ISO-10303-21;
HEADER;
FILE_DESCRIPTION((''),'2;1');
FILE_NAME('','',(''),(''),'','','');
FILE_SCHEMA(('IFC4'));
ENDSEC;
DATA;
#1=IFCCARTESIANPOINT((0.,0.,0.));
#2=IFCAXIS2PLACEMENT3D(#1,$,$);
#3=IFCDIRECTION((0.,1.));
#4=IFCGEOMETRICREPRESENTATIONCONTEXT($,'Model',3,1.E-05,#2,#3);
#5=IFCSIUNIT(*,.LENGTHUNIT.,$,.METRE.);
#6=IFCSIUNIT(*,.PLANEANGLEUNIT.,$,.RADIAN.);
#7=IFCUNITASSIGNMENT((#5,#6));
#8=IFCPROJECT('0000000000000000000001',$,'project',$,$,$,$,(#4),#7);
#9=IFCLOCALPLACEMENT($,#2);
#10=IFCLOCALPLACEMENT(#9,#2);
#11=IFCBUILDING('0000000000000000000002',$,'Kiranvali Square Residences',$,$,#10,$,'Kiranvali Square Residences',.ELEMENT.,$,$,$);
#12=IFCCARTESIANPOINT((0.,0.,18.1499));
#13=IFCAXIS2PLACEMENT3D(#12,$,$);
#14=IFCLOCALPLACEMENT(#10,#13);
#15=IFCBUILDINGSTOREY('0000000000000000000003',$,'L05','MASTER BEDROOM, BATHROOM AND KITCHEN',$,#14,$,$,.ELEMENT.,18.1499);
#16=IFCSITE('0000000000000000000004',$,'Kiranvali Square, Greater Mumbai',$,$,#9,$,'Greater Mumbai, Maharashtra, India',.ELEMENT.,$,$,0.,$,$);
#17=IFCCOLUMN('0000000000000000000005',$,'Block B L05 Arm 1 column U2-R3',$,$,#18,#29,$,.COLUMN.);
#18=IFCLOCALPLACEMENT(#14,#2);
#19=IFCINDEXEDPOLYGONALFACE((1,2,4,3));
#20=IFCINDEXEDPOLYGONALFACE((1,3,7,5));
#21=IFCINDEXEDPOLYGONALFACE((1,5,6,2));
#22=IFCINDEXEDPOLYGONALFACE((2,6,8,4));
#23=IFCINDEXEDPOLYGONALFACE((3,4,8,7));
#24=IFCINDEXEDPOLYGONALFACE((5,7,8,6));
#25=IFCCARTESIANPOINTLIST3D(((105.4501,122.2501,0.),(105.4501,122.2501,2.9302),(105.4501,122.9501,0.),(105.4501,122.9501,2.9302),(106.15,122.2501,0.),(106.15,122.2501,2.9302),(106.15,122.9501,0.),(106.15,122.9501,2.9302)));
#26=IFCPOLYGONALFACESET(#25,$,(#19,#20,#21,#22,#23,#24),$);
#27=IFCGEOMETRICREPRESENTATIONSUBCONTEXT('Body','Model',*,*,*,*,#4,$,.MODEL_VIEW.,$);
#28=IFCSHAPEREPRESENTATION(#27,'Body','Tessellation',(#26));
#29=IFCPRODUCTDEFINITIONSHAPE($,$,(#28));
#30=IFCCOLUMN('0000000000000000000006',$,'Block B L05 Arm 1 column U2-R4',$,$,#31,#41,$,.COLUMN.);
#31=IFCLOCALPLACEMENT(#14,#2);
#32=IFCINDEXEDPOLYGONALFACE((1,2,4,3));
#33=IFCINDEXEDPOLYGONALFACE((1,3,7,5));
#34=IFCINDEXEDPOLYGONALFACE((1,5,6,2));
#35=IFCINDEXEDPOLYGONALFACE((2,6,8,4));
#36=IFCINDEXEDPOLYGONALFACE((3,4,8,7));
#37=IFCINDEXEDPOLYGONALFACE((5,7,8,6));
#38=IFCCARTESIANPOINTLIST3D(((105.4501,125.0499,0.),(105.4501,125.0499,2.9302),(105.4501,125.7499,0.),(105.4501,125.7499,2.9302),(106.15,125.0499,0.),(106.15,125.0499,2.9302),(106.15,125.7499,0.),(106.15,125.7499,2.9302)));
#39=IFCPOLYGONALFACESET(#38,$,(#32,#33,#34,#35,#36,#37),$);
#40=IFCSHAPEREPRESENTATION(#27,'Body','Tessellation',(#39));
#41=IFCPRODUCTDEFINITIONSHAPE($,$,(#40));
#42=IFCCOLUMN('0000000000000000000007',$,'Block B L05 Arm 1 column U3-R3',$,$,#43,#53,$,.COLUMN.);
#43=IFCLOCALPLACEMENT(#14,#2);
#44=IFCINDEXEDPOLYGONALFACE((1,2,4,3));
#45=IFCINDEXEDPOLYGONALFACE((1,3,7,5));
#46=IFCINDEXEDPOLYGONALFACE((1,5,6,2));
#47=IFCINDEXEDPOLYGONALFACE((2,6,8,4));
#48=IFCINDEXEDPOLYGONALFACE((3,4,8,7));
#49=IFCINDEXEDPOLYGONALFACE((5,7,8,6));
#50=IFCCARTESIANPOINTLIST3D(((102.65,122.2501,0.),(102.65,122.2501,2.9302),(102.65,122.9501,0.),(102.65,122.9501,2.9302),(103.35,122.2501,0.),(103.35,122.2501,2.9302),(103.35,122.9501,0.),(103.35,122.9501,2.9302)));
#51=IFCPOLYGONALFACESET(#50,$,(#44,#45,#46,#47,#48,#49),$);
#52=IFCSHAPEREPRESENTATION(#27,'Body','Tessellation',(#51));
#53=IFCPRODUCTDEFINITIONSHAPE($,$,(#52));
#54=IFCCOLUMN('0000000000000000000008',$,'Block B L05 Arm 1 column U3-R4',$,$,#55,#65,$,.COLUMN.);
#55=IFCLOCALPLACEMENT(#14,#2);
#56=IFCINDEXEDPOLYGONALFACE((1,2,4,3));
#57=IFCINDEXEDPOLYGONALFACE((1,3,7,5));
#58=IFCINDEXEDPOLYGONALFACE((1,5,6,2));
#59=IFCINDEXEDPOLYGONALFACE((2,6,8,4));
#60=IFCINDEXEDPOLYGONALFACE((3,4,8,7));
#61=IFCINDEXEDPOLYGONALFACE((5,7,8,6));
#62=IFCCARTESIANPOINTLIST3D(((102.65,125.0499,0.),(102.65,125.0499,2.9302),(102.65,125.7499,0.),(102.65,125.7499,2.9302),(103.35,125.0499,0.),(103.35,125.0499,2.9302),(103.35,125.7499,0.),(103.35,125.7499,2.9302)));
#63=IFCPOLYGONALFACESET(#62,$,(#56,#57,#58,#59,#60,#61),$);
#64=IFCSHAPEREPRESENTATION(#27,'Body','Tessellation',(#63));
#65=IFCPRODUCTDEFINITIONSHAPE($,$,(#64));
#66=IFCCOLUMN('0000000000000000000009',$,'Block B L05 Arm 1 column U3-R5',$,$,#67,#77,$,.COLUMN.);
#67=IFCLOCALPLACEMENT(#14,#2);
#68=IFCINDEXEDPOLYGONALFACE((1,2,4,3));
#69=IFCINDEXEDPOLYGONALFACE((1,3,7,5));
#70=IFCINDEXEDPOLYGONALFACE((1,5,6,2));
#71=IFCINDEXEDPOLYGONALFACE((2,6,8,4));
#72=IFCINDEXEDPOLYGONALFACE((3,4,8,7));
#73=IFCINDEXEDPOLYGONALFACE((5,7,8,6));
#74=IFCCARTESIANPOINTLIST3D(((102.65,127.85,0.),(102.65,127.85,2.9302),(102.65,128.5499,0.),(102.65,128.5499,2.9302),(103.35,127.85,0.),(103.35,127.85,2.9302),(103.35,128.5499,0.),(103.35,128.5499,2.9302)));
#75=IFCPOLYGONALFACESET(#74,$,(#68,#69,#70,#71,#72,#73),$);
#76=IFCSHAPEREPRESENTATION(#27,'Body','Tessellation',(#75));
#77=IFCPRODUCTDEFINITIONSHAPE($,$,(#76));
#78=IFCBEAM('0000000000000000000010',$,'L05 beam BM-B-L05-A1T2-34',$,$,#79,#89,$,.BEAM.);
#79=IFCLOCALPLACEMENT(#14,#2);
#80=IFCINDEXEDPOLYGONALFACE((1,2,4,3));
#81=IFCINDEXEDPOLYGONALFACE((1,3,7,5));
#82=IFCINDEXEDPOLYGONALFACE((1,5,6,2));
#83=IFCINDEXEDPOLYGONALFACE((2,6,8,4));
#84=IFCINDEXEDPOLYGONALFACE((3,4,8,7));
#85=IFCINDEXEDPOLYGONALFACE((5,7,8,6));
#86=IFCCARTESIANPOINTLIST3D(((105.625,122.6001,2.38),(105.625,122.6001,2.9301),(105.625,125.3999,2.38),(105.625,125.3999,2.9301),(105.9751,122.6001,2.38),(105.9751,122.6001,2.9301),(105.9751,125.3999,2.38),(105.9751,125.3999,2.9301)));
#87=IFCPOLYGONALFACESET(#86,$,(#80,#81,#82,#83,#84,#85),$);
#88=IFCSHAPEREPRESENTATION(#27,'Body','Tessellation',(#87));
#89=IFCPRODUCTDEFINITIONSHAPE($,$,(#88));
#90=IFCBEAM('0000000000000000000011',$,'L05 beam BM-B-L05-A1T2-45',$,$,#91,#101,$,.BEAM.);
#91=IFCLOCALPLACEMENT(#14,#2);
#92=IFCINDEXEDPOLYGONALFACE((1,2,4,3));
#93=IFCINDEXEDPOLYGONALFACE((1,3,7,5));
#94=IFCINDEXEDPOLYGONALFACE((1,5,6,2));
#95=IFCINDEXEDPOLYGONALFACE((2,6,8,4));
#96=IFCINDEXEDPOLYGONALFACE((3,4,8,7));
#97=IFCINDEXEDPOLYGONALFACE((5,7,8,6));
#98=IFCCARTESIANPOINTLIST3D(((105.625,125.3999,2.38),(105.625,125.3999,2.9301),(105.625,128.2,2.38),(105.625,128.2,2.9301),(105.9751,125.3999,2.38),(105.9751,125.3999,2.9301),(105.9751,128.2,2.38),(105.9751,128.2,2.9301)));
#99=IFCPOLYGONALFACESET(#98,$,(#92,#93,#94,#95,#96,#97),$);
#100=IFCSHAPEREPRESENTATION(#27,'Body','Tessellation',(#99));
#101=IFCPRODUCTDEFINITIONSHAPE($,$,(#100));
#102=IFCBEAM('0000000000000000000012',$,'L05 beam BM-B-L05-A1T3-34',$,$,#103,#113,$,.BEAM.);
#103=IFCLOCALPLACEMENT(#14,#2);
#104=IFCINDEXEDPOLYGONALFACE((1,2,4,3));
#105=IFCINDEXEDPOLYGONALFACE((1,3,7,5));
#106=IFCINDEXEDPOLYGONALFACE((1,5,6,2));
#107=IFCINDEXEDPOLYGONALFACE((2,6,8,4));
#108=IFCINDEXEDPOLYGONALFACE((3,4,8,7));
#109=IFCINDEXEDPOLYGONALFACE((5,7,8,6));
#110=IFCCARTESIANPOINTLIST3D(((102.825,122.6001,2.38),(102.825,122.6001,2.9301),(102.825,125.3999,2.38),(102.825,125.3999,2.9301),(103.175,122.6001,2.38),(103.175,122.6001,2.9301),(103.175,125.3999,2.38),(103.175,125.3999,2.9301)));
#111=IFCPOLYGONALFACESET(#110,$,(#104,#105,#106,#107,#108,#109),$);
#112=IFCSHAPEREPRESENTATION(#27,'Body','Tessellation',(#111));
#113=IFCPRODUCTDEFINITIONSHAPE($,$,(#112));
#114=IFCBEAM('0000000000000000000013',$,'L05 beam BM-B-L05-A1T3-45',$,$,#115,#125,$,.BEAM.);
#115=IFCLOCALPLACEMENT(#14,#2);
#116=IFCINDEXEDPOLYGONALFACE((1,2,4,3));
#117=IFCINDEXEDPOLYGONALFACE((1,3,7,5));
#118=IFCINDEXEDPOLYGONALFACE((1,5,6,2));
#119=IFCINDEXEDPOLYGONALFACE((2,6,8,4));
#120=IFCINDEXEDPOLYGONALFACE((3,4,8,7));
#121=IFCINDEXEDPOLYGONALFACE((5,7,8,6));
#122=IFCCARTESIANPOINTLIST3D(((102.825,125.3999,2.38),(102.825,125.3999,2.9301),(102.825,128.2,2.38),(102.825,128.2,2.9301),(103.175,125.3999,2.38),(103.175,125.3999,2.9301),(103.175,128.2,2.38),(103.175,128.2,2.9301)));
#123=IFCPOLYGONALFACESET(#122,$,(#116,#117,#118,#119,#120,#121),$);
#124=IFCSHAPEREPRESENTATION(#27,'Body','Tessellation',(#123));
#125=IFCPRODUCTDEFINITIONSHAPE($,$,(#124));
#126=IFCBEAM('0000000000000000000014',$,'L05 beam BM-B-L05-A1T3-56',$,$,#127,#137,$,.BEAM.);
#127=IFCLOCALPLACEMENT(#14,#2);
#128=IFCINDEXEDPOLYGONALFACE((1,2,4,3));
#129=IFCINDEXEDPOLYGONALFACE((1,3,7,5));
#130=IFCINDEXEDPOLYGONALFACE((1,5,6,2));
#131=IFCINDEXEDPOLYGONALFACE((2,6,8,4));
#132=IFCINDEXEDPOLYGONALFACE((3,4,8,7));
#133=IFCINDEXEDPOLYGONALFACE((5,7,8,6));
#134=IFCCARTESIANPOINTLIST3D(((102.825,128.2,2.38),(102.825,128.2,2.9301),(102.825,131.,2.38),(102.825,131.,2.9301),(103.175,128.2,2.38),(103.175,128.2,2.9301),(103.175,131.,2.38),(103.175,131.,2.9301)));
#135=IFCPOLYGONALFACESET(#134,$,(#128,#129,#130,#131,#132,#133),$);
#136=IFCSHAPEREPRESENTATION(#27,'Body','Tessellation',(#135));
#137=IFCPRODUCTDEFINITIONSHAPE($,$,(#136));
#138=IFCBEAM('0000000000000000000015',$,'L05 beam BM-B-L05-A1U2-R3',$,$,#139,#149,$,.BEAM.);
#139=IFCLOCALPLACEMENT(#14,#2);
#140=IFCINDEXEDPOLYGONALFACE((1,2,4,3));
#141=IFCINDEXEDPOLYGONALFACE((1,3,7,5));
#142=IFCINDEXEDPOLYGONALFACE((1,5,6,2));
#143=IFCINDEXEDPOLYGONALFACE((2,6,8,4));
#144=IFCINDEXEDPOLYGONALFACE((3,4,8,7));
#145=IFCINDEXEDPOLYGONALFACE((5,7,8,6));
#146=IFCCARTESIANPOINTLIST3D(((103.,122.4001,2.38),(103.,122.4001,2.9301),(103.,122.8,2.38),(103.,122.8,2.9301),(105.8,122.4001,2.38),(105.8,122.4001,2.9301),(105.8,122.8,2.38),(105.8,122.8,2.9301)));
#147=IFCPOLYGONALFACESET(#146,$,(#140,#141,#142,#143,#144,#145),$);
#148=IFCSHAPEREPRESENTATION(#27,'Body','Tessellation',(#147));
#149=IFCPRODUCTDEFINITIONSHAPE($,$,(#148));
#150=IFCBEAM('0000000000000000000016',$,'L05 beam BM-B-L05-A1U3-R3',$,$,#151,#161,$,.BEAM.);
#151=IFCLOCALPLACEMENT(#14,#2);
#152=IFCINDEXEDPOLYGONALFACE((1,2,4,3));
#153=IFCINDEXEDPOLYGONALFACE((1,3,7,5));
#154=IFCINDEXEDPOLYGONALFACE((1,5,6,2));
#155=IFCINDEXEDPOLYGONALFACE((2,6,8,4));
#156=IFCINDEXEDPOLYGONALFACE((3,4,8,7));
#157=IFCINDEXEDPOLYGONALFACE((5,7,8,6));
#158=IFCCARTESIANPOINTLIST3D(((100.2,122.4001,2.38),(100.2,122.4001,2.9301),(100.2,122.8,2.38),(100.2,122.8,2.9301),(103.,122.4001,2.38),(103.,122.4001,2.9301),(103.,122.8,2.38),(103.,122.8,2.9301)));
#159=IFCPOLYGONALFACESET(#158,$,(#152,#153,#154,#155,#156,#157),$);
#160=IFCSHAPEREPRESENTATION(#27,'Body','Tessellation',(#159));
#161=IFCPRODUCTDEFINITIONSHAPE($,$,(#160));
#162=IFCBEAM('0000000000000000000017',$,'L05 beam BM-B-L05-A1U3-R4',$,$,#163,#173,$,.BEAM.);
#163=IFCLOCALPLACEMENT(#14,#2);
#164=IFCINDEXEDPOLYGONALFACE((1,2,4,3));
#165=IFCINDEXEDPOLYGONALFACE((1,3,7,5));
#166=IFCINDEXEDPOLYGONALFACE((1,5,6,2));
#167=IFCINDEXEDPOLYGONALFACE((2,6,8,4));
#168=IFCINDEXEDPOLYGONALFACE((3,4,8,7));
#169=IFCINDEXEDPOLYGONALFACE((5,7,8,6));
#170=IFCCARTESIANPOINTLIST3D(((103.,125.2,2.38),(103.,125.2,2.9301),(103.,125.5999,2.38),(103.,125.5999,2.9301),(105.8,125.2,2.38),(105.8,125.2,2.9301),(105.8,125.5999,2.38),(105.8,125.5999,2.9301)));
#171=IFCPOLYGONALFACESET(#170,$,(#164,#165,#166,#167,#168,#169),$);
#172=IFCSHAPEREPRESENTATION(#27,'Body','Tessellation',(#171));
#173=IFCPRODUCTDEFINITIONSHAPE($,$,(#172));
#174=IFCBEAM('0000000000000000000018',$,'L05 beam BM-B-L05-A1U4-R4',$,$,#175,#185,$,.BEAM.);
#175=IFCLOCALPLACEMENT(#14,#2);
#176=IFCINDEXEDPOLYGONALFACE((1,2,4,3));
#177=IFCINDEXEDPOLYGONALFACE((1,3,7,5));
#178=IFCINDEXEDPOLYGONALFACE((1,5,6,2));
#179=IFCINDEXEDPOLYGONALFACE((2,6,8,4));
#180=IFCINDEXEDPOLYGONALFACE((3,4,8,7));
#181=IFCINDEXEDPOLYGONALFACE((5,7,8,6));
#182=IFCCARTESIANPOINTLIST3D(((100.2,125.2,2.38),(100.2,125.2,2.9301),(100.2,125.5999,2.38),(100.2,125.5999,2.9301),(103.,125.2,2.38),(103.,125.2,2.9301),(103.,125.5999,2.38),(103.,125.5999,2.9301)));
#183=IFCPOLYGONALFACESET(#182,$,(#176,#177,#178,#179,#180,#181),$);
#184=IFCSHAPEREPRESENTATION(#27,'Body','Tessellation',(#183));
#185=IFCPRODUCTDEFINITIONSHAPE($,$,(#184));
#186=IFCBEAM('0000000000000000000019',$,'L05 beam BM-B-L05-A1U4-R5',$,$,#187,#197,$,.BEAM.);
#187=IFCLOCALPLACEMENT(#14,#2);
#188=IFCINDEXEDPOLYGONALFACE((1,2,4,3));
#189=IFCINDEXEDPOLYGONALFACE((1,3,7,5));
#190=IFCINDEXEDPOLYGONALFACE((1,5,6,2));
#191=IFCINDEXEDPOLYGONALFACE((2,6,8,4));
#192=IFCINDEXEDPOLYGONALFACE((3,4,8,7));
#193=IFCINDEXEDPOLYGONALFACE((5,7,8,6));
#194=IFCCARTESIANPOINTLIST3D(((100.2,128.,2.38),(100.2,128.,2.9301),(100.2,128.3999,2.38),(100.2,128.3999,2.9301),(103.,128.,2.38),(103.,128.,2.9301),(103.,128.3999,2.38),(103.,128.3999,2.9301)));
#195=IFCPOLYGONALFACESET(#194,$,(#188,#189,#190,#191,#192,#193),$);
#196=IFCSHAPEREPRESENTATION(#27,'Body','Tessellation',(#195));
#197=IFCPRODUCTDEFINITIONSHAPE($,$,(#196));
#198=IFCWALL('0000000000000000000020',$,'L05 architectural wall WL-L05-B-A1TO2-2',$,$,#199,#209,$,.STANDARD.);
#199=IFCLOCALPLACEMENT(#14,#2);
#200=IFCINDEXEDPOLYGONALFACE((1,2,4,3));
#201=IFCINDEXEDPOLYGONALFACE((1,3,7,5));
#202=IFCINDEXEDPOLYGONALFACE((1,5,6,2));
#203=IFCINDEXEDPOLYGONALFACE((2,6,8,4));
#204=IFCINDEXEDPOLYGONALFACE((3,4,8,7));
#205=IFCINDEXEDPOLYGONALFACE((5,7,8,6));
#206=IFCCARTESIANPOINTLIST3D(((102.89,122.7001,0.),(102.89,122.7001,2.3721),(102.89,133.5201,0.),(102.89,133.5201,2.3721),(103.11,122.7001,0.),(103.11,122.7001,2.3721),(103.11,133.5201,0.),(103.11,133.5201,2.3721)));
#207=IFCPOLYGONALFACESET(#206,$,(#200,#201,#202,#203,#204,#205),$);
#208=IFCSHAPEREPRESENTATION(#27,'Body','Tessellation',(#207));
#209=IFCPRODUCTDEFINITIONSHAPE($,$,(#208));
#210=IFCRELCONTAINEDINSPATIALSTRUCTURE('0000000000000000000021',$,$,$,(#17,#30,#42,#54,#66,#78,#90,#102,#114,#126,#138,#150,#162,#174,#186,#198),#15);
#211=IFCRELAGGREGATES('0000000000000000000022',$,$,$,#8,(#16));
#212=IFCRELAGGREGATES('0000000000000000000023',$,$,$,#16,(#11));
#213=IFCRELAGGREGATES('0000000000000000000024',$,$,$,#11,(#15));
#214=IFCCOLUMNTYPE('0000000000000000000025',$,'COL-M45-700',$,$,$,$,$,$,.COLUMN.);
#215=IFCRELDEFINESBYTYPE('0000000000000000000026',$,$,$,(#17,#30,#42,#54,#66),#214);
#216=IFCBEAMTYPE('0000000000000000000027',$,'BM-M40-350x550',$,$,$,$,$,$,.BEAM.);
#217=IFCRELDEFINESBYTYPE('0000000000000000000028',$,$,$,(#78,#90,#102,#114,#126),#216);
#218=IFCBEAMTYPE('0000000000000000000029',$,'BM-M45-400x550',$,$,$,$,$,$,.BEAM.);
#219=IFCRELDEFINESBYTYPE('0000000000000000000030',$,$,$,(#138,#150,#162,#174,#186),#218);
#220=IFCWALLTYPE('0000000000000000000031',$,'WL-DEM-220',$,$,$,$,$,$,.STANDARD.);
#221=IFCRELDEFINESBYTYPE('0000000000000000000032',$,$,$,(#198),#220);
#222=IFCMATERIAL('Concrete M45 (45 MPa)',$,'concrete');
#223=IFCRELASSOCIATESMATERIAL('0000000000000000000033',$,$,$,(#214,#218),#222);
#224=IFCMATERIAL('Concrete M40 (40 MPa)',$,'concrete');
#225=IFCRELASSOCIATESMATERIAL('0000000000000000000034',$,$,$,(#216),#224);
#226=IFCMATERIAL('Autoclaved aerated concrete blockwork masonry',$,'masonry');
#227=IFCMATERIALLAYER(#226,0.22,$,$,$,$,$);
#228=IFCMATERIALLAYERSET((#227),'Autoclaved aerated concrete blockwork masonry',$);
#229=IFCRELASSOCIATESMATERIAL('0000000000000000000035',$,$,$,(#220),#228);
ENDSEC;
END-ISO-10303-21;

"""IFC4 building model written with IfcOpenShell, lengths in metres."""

from ifc_helpers import new_model, si_unit, direction, frame, frame_2d, origin, origin_2d, place, context, subcontext, project, spatial, rectangle, extrude, material, layer, layer_set, material_profile, profile_set, type_object, element, save


model = new_model("IFC4")

# Units and contexts
model_context = context("Model", 3, precision=1e-05, world=origin(), true_north=direction((0.0, 1.0)))
body_context = subcontext(model_context, "Body", "Model", "MODEL_VIEW")
ifc_project = project(units=[si_unit("LENGTHUNIT", "METRE"), si_unit("PLANEANGLEUNIT", "RADIAN")], contexts=[model_context])

# Site, building, storey
site_placement = place(None, origin())
site = spatial("IfcSite", under=ifc_project, at=site_placement, Name="Kiranvali Square, Greater Mumbai", LongName="Greater Mumbai, Maharashtra, India", CompositionType="ELEMENT", RefElevation=0.0)
building_placement = place(site_placement, origin())
building = spatial("IfcBuilding", under=site, at=building_placement, Name="Kiranvali Square Residences", LongName="Kiranvali Square Residences", CompositionType="ELEMENT")
storey_placement = place(building_placement, frame((0.0, 0.0, 18.1499)))
storey = spatial("IfcBuildingStorey", under=building, at=storey_placement, Name="L05", Description="MASTER BEDROOM, BATHROOM AND KITCHEN", CompositionType="ELEMENT", Elevation=18.1499)

# Columns
ifc_material_1 = material(Name="Concrete M45 (45 MPa)", Category="concrete")
ifc_material_profile_1 = material_profile(ifc_material_1, rectangle(XDim=0.7, YDim=0.7, at=origin_2d()), Name="RC 700x700")
ifc_profile_set_1 = profile_set([ifc_material_profile_1], Name="Concrete M45 (45 MPa)")
column_type = type_object("IfcColumnType", Name="COL-M45-700", PredefinedType="COLUMN", material=ifc_profile_set_1)
for number, where, z_axis, x_axis, name in (
    (1, (105.8, 122.6001, 0.0), (0.0, 0.0, 1.0), (1.0, 0.0, 0.0), "Block B L05 Arm 1 column U2-R3"),
    (2, (105.8, 125.3999, 0.0), (0.0, 0.0, 1.0), (1.0, 0.0, 0.0), "Block B L05 Arm 1 column U2-R4"),
    (3, (103.0, 122.6001, 0.0), (0.0, 0.0, 1.0), (1.0, 0.0, 0.0), "Block B L05 Arm 1 column U3-R3"),
    (4, (103.0, 125.3999, 0.0), (0.0, 0.0, 1.0), (1.0, 0.0, 0.0), "Block B L05 Arm 1 column U3-R4"),
    (5, (103.0, 128.2, 0.0), (0.0, 0.0, 1.0), (1.0, 0.0, 0.0), "Block B L05 Arm 1 column U3-R5"),
):
    element("IfcColumn", number, at=place(storey_placement, frame(where, z_axis=z_axis, x_axis=x_axis)), inside=storey, type_object=column_type, Name=name, PredefinedType="COLUMN", context=body_context, shape_type="SweptSolid", body=[
        extrude(rectangle(XDim=0.7, YDim=0.7, at=origin_2d()), origin(), (0.0, 0.0, 1.0), 2.9302),
    ])

# Beams
ifc_material_2 = material(Name="Concrete M40 (40 MPa)", Category="concrete")
ifc_material_profile_2 = material_profile(ifc_material_2, rectangle(XDim=0.3501, YDim=0.55, at=origin_2d()), Name="RC 350x550")
ifc_profile_set_2 = profile_set([ifc_material_profile_2], Name="Concrete M40 (40 MPa)")
beam_type_1 = type_object("IfcBeamType", Name="BM-M40-350x550", PredefinedType="BEAM", material=ifc_profile_set_2)
beam_1_placement = place(storey_placement, frame((105.8, 122.6001, 2.655), z_axis=(0.0, 1.0, 0.0), x_axis=(-1.0, 0.0, 0.0)))
element("IfcBeam", 6, at=beam_1_placement, inside=storey, type_object=beam_type_1, Name="L05 beam BM-B-L05-A1T2-34", PredefinedType="BEAM", context=body_context, shape_type="SweptSolid", body=[
    extrude(rectangle(XDim=0.3501, YDim=0.55, at=origin_2d()), origin(), (0.0, 0.0, 1.0), 2.7998),
])
beam_2_placement = place(storey_placement, frame((105.8, 125.3999, 2.655), z_axis=(0.0, 1.0, 0.0), x_axis=(-1.0, 0.0, 0.0)))
element("IfcBeam", 7, at=beam_2_placement, inside=storey, type_object=beam_type_1, Name="L05 beam BM-B-L05-A1T2-45", PredefinedType="BEAM", context=body_context, shape_type="SweptSolid", body=[
    extrude(rectangle(XDim=0.3501, YDim=0.55, at=origin_2d()), origin(), (0.0, 0.0, 1.0), 2.8),
])
beam_3_placement = place(storey_placement, frame((103.0, 122.6001, 2.655), z_axis=(0.0, 1.0, 0.0), x_axis=(-1.0, 0.0, 0.0)))
element("IfcBeam", 8, at=beam_3_placement, inside=storey, type_object=beam_type_1, Name="L05 beam BM-B-L05-A1T3-34", PredefinedType="BEAM", context=body_context, shape_type="SweptSolid", body=[
    extrude(rectangle(XDim=0.3501, YDim=0.55, at=origin_2d()), origin(), (0.0, 0.0, 1.0), 2.7998),
])
for number, where, z_axis, x_axis, name in (
    (9, (103.0, 125.3999, 2.655), (0.0, 1.0, 0.0), (-1.0, 0.0, 0.0), "L05 beam BM-B-L05-A1T3-45"),
    (10, (103.0, 128.2, 2.655), (0.0, 1.0, 0.0), (-1.0, 0.0, 0.0), "L05 beam BM-B-L05-A1T3-56"),
):
    element("IfcBeam", number, at=place(storey_placement, frame(where, z_axis=z_axis, x_axis=x_axis)), inside=storey, type_object=beam_type_1, Name=name, PredefinedType="BEAM", context=body_context, shape_type="SweptSolid", body=[
        extrude(rectangle(XDim=0.3501, YDim=0.55, at=origin_2d()), origin(), (0.0, 0.0, 1.0), 2.8),
    ])
ifc_material_profile_3 = material_profile(ifc_material_1, rectangle(XDim=0.3999, YDim=0.55, at=origin_2d()), Name="RC 400x550")
ifc_profile_set_3 = profile_set([ifc_material_profile_3], Name="Concrete M45 (45 MPa)")
beam_type_2 = type_object("IfcBeamType", Name="BM-M45-400x550", PredefinedType="BEAM", material=ifc_profile_set_3)
for number, where, z_axis, x_axis, name in (
    (11, (105.8, 122.6001, 2.655), (-1.0, 0.0, 0.0), (0.0, -1.0, 0.0), "L05 beam BM-B-L05-A1U2-R3"),
    (12, (103.0, 122.6001, 2.655), (-1.0, 0.0, 0.0), (0.0, -1.0, 0.0), "L05 beam BM-B-L05-A1U3-R3"),
    (13, (105.8, 125.3999, 2.655), (-1.0, 0.0, 0.0), (0.0, -1.0, 0.0), "L05 beam BM-B-L05-A1U3-R4"),
    (14, (103.0, 125.3999, 2.655), (-1.0, 0.0, 0.0), (0.0, -1.0, 0.0), "L05 beam BM-B-L05-A1U4-R4"),
    (15, (103.0, 128.2, 2.655), (-1.0, 0.0, 0.0), (0.0, -1.0, 0.0), "L05 beam BM-B-L05-A1U4-R5"),
):
    element("IfcBeam", number, at=place(storey_placement, frame(where, z_axis=z_axis, x_axis=x_axis)), inside=storey, type_object=beam_type_2, Name=name, PredefinedType="BEAM", context=body_context, shape_type="SweptSolid", body=[
        extrude(rectangle(XDim=0.3999, YDim=0.55, at=origin_2d()), origin(), (0.0, 0.0, 1.0), 2.8),
    ])

# Wall
ifc_material_3 = material(Name="Autoclaved aerated concrete blockwork masonry", Category="masonry")
ifc_layer_1 = layer(ifc_material_3, 0.22)
ifc_layer_set_1 = layer_set([ifc_layer_1], Name="Autoclaved aerated concrete blockwork masonry")
wall_type_1 = type_object("IfcWallType", Name="WL-DEM-220", PredefinedType="STANDARD", material=ifc_layer_set_1)
wall_1_placement = place(storey_placement, frame((103.0, 122.7, 0.0), z_axis=(0.0, 0.0, 1.0), x_axis=(0.0, 1.0, 0.0)))
element("IfcWall", 16, at=wall_1_placement, inside=storey, type_object=wall_type_1, Name="L05 architectural wall WL-L05-B-A1TO2-2", PredefinedType="STANDARD", context=body_context, shape_type="SweptSolid", body=[
    extrude(rectangle(XDim=10.8201, YDim=0.22, at=frame_2d((5.4102, 0.0))), origin(), (0.0, 0.0, 1.0), 2.3721),
])

save(model, "model.ifc")
